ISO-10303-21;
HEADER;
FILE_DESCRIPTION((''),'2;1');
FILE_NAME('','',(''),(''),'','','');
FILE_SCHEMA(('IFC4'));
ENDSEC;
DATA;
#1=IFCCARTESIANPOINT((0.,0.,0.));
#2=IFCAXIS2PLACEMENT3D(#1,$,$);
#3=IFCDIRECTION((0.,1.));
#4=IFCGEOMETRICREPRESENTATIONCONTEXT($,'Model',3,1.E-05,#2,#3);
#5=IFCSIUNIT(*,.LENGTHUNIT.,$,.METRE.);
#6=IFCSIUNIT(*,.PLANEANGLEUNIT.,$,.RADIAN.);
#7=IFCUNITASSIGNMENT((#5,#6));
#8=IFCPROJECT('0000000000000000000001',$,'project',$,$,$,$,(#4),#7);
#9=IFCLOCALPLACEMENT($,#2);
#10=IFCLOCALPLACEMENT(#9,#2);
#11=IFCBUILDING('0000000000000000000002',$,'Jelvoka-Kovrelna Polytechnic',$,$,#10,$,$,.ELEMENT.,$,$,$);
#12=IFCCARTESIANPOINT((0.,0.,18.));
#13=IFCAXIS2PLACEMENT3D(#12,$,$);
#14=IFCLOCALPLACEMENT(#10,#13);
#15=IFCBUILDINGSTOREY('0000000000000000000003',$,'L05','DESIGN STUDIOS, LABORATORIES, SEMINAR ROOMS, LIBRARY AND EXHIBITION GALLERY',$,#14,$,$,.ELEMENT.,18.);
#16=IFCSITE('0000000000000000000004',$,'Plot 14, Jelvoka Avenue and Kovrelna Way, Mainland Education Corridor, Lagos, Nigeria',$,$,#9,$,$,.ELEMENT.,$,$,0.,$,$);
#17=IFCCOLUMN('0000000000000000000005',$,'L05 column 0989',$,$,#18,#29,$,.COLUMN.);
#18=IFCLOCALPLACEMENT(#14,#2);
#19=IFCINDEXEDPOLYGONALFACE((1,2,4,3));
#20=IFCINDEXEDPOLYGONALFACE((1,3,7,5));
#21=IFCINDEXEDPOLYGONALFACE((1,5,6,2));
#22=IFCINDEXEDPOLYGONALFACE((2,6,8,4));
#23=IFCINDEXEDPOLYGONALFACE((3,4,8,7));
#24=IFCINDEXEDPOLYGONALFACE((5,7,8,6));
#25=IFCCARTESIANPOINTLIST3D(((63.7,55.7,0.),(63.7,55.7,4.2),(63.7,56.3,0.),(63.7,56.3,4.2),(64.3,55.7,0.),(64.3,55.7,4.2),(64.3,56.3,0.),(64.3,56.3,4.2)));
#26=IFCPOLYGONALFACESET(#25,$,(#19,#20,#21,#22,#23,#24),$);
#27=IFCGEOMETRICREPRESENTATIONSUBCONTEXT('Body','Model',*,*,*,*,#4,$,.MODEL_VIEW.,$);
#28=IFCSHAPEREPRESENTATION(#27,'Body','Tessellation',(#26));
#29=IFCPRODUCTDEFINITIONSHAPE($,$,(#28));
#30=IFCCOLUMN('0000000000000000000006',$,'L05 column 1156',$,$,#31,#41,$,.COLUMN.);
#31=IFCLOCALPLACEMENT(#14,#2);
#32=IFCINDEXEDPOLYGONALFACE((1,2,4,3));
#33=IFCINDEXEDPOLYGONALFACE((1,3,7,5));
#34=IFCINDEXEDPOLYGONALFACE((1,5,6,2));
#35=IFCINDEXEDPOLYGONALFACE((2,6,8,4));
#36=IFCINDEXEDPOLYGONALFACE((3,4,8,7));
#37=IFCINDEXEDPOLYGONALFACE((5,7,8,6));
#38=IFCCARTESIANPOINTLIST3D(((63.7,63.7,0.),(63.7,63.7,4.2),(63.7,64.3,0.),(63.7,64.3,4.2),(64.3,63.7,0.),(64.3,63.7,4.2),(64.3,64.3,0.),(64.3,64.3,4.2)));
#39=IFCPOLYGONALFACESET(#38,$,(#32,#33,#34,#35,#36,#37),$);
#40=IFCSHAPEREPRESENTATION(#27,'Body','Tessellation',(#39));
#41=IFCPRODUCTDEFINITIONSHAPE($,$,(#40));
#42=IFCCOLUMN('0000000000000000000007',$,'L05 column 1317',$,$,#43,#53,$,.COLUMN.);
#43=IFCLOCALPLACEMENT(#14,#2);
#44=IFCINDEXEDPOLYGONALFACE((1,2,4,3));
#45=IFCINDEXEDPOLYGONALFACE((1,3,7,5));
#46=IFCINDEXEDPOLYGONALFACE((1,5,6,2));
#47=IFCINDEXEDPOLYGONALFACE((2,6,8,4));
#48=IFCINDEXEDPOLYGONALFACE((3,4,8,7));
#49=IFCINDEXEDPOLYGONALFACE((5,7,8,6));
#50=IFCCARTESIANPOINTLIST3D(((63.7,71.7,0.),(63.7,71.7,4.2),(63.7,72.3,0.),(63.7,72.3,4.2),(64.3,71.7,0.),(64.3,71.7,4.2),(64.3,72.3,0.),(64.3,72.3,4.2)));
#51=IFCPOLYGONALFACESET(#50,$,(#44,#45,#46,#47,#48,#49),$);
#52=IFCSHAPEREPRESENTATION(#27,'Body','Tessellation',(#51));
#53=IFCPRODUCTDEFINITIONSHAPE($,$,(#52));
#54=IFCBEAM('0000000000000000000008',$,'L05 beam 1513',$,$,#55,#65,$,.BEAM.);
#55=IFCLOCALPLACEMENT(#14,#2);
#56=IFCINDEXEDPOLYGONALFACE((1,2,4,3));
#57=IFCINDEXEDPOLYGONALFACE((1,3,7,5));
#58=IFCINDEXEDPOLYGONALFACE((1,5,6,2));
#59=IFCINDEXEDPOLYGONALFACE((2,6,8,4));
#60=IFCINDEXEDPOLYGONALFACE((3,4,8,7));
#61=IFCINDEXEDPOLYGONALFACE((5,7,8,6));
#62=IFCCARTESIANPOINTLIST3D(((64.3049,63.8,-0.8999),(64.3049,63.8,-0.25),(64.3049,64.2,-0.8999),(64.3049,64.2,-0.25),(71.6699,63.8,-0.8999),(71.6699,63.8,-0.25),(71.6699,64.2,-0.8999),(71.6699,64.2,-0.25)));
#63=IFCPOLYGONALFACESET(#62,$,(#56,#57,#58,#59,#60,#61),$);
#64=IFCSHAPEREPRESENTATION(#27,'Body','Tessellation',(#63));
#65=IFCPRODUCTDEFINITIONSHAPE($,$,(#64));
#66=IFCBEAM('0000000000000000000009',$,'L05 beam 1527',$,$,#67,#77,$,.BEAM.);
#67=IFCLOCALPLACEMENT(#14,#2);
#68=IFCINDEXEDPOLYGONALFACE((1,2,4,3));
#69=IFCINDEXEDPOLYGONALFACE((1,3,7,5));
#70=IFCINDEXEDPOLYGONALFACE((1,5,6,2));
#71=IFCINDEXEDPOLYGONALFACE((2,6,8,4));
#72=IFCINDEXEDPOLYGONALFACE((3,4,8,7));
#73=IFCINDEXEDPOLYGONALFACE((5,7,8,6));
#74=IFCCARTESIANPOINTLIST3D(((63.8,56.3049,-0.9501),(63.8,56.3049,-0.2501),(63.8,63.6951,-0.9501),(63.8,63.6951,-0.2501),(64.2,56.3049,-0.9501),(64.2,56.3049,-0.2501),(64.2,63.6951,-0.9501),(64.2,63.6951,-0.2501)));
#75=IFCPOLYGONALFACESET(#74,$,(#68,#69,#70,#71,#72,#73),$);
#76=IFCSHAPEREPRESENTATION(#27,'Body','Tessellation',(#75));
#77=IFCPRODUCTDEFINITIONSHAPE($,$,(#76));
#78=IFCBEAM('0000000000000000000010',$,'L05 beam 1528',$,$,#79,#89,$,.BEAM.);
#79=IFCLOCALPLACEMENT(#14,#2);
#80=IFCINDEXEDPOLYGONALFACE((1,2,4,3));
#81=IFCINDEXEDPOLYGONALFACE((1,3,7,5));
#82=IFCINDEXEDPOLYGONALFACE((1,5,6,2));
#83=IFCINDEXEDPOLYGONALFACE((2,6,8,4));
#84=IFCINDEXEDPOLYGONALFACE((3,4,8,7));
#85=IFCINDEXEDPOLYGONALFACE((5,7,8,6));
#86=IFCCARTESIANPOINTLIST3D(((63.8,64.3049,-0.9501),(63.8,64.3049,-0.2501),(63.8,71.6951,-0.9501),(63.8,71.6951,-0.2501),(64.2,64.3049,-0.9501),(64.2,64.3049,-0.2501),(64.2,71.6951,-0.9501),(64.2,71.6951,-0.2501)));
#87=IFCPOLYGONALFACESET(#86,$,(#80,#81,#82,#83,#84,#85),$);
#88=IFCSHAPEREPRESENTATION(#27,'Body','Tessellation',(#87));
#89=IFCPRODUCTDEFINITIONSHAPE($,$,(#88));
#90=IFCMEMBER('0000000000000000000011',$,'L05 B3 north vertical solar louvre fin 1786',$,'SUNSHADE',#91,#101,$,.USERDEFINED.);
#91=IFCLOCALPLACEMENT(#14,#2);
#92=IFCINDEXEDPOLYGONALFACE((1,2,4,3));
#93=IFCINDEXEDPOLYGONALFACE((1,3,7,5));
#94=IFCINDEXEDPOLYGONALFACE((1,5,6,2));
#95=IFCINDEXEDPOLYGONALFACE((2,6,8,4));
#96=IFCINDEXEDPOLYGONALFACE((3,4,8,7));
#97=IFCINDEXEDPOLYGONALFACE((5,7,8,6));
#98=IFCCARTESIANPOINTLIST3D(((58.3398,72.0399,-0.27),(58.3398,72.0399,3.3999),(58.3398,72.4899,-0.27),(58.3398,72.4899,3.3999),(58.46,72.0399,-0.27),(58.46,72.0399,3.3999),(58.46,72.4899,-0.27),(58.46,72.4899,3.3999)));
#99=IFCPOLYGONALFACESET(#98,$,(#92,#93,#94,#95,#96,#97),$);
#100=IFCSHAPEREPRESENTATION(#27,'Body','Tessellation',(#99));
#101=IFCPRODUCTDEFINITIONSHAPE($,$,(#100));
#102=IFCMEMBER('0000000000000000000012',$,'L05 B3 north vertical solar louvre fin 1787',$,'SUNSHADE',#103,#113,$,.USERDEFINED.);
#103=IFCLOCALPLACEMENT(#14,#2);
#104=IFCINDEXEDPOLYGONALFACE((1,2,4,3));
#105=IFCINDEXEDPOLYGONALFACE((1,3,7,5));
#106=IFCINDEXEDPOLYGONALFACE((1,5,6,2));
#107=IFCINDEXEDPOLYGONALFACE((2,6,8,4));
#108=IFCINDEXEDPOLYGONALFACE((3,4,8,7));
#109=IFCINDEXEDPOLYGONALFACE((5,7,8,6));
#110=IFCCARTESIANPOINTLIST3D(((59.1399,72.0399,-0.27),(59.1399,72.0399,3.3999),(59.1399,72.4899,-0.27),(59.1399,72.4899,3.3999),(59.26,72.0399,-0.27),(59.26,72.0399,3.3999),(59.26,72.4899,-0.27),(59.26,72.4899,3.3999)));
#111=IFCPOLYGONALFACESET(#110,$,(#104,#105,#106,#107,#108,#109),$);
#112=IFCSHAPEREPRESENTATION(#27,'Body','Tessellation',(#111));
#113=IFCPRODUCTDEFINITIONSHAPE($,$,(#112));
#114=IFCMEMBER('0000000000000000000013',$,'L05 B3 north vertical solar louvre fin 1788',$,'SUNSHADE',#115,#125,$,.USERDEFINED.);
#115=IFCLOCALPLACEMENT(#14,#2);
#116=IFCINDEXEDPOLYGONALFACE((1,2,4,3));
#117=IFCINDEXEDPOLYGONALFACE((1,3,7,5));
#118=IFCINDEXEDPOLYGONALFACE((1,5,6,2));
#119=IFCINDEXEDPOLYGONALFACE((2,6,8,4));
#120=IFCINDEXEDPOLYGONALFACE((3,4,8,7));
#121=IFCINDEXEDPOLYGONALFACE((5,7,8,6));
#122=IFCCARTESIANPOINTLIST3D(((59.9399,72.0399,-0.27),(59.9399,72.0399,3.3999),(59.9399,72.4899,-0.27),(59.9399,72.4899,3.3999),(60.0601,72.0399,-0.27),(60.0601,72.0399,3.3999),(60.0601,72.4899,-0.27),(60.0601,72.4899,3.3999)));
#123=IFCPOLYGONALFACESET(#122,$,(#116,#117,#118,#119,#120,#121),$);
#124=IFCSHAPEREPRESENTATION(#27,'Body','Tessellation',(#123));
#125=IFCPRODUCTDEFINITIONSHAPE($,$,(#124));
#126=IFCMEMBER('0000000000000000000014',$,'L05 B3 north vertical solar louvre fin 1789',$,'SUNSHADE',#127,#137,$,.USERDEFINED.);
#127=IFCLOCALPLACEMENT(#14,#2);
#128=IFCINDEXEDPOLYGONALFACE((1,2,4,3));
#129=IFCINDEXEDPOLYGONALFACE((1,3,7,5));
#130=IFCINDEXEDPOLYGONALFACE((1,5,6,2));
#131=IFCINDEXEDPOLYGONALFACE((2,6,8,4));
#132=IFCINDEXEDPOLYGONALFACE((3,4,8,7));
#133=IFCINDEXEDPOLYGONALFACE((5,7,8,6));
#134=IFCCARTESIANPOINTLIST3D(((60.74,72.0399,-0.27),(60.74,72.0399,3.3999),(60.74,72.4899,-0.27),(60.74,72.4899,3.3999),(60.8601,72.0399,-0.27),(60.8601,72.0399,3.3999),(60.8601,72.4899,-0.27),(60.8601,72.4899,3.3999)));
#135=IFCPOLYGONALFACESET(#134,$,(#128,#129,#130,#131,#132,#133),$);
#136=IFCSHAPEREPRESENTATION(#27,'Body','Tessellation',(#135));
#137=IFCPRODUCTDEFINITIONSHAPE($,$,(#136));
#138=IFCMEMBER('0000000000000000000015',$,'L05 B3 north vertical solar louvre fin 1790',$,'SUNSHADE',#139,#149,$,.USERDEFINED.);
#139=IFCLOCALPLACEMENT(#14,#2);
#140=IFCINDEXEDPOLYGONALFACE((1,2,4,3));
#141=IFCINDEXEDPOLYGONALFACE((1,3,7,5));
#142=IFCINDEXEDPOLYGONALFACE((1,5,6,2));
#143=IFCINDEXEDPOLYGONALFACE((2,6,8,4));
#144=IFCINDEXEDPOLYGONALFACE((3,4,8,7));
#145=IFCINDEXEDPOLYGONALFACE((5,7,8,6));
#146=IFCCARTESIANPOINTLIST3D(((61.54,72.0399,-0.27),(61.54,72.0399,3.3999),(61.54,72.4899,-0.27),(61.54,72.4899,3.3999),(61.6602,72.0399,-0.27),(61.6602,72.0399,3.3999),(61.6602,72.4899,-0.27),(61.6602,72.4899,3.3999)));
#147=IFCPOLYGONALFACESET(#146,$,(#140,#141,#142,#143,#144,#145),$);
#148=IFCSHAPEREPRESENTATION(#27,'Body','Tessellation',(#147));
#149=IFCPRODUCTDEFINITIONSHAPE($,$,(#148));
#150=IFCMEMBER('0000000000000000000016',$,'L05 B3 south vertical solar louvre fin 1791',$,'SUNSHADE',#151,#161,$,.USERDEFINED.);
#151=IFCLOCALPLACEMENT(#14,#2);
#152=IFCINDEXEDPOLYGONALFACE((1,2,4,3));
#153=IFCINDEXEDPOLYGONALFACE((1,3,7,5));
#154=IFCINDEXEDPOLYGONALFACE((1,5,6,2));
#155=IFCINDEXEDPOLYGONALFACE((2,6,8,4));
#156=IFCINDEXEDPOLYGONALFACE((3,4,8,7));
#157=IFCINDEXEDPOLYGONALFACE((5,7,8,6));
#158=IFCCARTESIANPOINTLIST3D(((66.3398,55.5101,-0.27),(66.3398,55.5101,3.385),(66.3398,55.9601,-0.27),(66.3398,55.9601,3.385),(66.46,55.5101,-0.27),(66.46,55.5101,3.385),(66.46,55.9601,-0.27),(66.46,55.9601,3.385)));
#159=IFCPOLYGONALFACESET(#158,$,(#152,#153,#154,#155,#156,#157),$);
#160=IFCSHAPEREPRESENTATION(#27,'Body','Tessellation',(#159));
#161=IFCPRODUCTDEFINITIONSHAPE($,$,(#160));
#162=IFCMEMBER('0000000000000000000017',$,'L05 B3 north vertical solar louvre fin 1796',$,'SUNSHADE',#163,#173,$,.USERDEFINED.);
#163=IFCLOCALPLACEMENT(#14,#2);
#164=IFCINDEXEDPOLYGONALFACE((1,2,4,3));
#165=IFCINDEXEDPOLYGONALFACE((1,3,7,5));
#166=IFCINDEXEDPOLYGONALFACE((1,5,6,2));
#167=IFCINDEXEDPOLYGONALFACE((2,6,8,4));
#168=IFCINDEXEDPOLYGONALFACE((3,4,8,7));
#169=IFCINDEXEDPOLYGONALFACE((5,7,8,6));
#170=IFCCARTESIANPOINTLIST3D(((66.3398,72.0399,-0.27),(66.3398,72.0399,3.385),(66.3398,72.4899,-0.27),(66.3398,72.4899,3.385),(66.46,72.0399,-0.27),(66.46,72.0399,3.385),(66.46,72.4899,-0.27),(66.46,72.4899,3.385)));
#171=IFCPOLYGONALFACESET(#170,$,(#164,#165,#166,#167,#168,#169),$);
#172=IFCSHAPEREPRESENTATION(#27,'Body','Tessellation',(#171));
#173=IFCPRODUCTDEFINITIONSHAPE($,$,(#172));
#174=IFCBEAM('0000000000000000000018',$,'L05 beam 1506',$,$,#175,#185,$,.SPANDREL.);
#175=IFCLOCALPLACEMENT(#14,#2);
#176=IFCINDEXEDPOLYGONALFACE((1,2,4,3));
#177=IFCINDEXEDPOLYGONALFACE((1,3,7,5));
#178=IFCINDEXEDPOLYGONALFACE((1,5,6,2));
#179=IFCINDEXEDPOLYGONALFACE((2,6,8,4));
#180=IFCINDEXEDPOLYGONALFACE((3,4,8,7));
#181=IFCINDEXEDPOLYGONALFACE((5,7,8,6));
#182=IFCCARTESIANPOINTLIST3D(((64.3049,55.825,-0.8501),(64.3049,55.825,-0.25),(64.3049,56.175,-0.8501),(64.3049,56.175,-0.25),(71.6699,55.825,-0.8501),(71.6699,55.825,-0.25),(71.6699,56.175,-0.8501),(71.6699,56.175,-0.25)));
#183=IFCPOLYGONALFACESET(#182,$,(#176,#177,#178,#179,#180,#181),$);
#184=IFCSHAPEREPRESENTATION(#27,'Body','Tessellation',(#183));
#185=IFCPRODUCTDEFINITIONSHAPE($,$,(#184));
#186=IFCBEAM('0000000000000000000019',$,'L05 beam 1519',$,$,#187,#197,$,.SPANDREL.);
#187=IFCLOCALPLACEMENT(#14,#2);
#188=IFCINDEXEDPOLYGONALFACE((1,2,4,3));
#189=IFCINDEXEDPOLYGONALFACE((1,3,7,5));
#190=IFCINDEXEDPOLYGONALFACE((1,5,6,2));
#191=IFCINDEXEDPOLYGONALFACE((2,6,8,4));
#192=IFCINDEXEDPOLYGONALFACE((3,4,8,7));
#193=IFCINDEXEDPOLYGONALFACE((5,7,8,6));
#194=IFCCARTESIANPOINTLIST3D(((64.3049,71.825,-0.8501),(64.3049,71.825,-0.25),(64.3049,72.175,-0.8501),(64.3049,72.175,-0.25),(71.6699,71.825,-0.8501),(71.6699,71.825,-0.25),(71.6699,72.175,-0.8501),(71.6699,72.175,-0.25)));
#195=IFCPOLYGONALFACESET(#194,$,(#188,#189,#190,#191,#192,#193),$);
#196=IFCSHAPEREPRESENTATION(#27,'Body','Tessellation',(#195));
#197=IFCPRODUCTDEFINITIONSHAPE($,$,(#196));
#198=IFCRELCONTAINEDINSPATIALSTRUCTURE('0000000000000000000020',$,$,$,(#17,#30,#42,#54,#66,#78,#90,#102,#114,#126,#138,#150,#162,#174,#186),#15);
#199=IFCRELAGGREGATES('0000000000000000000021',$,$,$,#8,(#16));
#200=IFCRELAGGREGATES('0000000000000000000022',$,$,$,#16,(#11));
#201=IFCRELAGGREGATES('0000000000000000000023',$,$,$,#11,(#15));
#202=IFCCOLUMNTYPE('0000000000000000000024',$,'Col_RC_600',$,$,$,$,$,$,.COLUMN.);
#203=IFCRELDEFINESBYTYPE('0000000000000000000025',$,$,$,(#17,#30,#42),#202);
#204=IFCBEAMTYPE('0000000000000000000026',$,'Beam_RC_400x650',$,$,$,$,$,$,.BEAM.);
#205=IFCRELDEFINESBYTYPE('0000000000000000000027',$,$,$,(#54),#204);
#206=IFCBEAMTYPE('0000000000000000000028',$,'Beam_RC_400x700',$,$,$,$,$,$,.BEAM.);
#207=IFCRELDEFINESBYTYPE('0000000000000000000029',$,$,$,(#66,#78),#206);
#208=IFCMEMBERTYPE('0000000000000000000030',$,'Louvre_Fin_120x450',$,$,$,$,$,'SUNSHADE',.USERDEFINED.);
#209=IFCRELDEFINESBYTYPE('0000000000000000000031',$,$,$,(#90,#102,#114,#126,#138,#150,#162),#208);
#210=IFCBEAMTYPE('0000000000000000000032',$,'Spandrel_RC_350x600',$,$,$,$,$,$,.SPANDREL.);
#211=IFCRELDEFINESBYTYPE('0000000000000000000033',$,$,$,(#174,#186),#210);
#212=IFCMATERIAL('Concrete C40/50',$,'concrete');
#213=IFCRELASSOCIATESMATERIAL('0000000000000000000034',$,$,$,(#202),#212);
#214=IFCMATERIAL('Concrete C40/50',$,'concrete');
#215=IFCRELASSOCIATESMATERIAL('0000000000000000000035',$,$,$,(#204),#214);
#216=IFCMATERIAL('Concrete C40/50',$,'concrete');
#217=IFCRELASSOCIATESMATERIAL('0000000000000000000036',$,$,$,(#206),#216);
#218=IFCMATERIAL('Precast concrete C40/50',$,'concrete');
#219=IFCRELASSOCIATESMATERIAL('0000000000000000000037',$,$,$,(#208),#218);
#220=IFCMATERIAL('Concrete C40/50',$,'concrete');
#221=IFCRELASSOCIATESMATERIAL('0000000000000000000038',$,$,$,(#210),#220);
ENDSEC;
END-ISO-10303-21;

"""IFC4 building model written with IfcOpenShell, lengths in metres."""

from ifc_helpers import new_model, si_unit, direction, frame, origin, origin_2d, place, context, subcontext, project, spatial, rectangle, extrude, material, material_profile, profile_set, type_object, element, save


model = new_model("IFC4")

# Units and contexts
model_context = context("Model", 3, precision=1e-05, world=origin(), true_north=direction((0.0, 1.0)))
body_context = subcontext(model_context, "Body", "Model", "MODEL_VIEW")
ifc_project = project(units=[si_unit("LENGTHUNIT", "METRE"), si_unit("PLANEANGLEUNIT", "RADIAN")], contexts=[model_context])

# Site, building, storey
site_placement = place(None, origin())
site = spatial("IfcSite", under=ifc_project, at=site_placement, Name="Plot 14, Jelvoka Avenue and Kovrelna Way, Mainland Education Corridor, Lagos, Nigeria", CompositionType="ELEMENT", RefElevation=0.0)
building_placement = place(site_placement, origin())
building = spatial("IfcBuilding", under=site, at=building_placement, Name="Jelvoka-Kovrelna Polytechnic", CompositionType="ELEMENT")
storey_placement = place(building_placement, frame((0.0, 0.0, 18.0)))
storey = spatial("IfcBuildingStorey", under=building, at=storey_placement, Name="L05", Description="DESIGN STUDIOS, LABORATORIES, SEMINAR ROOMS, LIBRARY AND EXHIBITION GALLERY", CompositionType="ELEMENT", Elevation=18.0)

# Columns
ifc_material_1 = material(Name="Concrete C40/50", Category="concrete")
ifc_material_profile_1 = material_profile(ifc_material_1, rectangle(XDim=0.6001, YDim=0.6001, at=origin_2d()), Name="RC 600x600")
ifc_profile_set_1 = profile_set([ifc_material_profile_1], Name="Concrete C40/50")
column_type = type_object("IfcColumnType", Name="Col_RC_600", PredefinedType="COLUMN", material=ifc_profile_set_1)
for number, where, z_axis, x_axis, name in (
    (1, (64.0, 56.0, 0.0), (0.0, 0.0, 1.0), (1.0, 0.0, 0.0), "L05 column 0989"),
    (2, (64.0, 64.0, 0.0), (0.0, 0.0, 1.0), (1.0, 0.0, 0.0), "L05 column 1156"),
    (3, (64.0, 72.0, 0.0), (0.0, 0.0, 1.0), (1.0, 0.0, 0.0), "L05 column 1317"),
):
    element("IfcColumn", number, at=place(storey_placement, frame(where, z_axis=z_axis, x_axis=x_axis)), inside=storey, type_object=column_type, Name=name, PredefinedType="COLUMN", context=body_context, shape_type="SweptSolid", body=[
        extrude(rectangle(XDim=0.6001, YDim=0.6001, at=origin_2d()), origin(), (0.0, 0.0, 1.0), 4.2),
    ])

# Beams
ifc_material_2 = material(Name="Concrete C40/50", Category="concrete")
ifc_material_profile_2 = material_profile(ifc_material_2, rectangle(XDim=0.3999, YDim=0.6499, at=origin_2d()), Name="RC 400x650")
ifc_profile_set_2 = profile_set([ifc_material_profile_2], Name="Concrete C40/50")
beam_type_1 = type_object("IfcBeamType", Name="Beam_RC_400x650", PredefinedType="BEAM", material=ifc_profile_set_2)
beam_placement = place(storey_placement, frame((64.3049, 64.0, -0.575), z_axis=(1.0, 0.0, 0.0), x_axis=(0.0, 1.0, 0.0)))
element("IfcBeam", 4, at=beam_placement, inside=storey, type_object=beam_type_1, Name="L05 beam 1513", PredefinedType="BEAM", context=body_context, shape_type="SweptSolid", body=[
    extrude(rectangle(XDim=0.3999, YDim=0.6499, at=origin_2d()), origin(), (0.0, 0.0, 1.0), 7.365),
])
ifc_material_3 = material(Name="Concrete C40/50", Category="concrete")
ifc_material_profile_3 = material_profile(ifc_material_3, rectangle(XDim=0.3999, YDim=0.7, at=origin_2d()), Name="RC 400x700")
ifc_profile_set_3 = profile_set([ifc_material_profile_3], Name="Concrete C40/50")
beam_type_2 = type_object("IfcBeamType", Name="Beam_RC_400x700", PredefinedType="BEAM", material=ifc_profile_set_3)
for number, where, z_axis, x_axis, name in (
    (5, (64.0, 56.3049, -0.6001), (0.0, 1.0, 0.0), (-1.0, 0.0, 0.0), "L05 beam 1527"),
    (6, (64.0, 64.3049, -0.6001), (0.0, 1.0, 0.0), (-1.0, 0.0, 0.0), "L05 beam 1528"),
):
    element("IfcBeam", number, at=place(storey_placement, frame(where, z_axis=z_axis, x_axis=x_axis)), inside=storey, type_object=beam_type_2, Name=name, PredefinedType="BEAM", context=body_context, shape_type="SweptSolid", body=[
        extrude(rectangle(XDim=0.3999, YDim=0.7, at=origin_2d()), origin(), (0.0, 0.0, 1.0), 7.3901),
    ])

# Members
ifc_material_4 = material(Name="Precast concrete C40/50", Category="concrete")
ifc_material_profile_4 = material_profile(ifc_material_4, rectangle(XDim=0.1201, YDim=0.45, at=origin_2d()), Name="PC 120x450")
ifc_profile_set_4 = profile_set([ifc_material_profile_4], Name="Precast concrete C40/50")
member_type = type_object("IfcMemberType", Name="Louvre_Fin_120x450", ElementType="SUNSHADE", PredefinedType="USERDEFINED", material=ifc_profile_set_4)
for number, where, z_axis, x_axis, name in (
    (7, (58.3999, 72.2649, -0.27), (0.0, 0.0, 1.0), (1.0, 0.0, 0.0), "L05 B3 north vertical solar louvre fin 1786"),
    (8, (59.2, 72.2649, -0.27), (0.0, 0.0, 1.0), (1.0, 0.0, 0.0), "L05 B3 north vertical solar louvre fin 1787"),
    (9, (60.0, 72.2649, -0.27), (0.0, 0.0, 1.0), (1.0, 0.0, 0.0), "L05 B3 north vertical solar louvre fin 1788"),
    (10, (60.8, 72.2649, -0.27), (0.0, 0.0, 1.0), (1.0, 0.0, 0.0), "L05 B3 north vertical solar louvre fin 1789"),
    (11, (61.6001, 72.2649, -0.27), (0.0, 0.0, 1.0), (1.0, 0.0, 0.0), "L05 B3 north vertical solar louvre fin 1790"),
):
    element("IfcMember", number, at=place(storey_placement, frame(where, z_axis=z_axis, x_axis=x_axis)), inside=storey, type_object=member_type, Name=name, ObjectType="SUNSHADE", PredefinedType="USERDEFINED", context=body_context, shape_type="SweptSolid", body=[
        extrude(rectangle(XDim=0.1201, YDim=0.45, at=origin_2d()), origin(), (0.0, 0.0, 1.0), 3.6699),
    ])
for number, where, z_axis, x_axis, name in (
    (12, (66.3999, 55.7351, -0.27), (0.0, 0.0, 1.0), (1.0, 0.0, 0.0), "L05 B3 south vertical solar louvre fin 1791"),
    (13, (66.3999, 72.2649, -0.27), (0.0, 0.0, 1.0), (1.0, 0.0, 0.0), "L05 B3 north vertical solar louvre fin 1796"),
):
    element("IfcMember", number, at=place(storey_placement, frame(where, z_axis=z_axis, x_axis=x_axis)), inside=storey, type_object=member_type, Name=name, ObjectType="SUNSHADE", PredefinedType="USERDEFINED", context=body_context, shape_type="SweptSolid", body=[
        extrude(rectangle(XDim=0.1201, YDim=0.45, at=origin_2d()), origin(), (0.0, 0.0, 1.0), 3.655),
    ])

# Beams
ifc_material_5 = material(Name="Concrete C40/50", Category="concrete")
ifc_material_profile_5 = material_profile(ifc_material_5, rectangle(XDim=0.3501, YDim=0.6001, at=origin_2d()), Name="RC 350x600")
ifc_profile_set_5 = profile_set([ifc_material_profile_5], Name="Concrete C40/50")
beam_type_3 = type_object("IfcBeamType", Name="Spandrel_RC_350x600", PredefinedType="SPANDREL", material=ifc_profile_set_5)
for number, where, z_axis, x_axis, name in (
    (14, (64.3049, 56.0, -0.55), (1.0, 0.0, 0.0), (0.0, 1.0, 0.0), "L05 beam 1506"),
    (15, (64.3049, 72.0, -0.55), (1.0, 0.0, 0.0), (0.0, 1.0, 0.0), "L05 beam 1519"),
):
    element("IfcBeam", number, at=place(storey_placement, frame(where, z_axis=z_axis, x_axis=x_axis)), inside=storey, type_object=beam_type_3, Name=name, PredefinedType="SPANDREL", context=body_context, shape_type="SweptSolid", body=[
        extrude(rectangle(XDim=0.3501, YDim=0.6001, at=origin_2d()), origin(), (0.0, 0.0, 1.0), 7.365),
    ])

save(model, "model.ifc")
